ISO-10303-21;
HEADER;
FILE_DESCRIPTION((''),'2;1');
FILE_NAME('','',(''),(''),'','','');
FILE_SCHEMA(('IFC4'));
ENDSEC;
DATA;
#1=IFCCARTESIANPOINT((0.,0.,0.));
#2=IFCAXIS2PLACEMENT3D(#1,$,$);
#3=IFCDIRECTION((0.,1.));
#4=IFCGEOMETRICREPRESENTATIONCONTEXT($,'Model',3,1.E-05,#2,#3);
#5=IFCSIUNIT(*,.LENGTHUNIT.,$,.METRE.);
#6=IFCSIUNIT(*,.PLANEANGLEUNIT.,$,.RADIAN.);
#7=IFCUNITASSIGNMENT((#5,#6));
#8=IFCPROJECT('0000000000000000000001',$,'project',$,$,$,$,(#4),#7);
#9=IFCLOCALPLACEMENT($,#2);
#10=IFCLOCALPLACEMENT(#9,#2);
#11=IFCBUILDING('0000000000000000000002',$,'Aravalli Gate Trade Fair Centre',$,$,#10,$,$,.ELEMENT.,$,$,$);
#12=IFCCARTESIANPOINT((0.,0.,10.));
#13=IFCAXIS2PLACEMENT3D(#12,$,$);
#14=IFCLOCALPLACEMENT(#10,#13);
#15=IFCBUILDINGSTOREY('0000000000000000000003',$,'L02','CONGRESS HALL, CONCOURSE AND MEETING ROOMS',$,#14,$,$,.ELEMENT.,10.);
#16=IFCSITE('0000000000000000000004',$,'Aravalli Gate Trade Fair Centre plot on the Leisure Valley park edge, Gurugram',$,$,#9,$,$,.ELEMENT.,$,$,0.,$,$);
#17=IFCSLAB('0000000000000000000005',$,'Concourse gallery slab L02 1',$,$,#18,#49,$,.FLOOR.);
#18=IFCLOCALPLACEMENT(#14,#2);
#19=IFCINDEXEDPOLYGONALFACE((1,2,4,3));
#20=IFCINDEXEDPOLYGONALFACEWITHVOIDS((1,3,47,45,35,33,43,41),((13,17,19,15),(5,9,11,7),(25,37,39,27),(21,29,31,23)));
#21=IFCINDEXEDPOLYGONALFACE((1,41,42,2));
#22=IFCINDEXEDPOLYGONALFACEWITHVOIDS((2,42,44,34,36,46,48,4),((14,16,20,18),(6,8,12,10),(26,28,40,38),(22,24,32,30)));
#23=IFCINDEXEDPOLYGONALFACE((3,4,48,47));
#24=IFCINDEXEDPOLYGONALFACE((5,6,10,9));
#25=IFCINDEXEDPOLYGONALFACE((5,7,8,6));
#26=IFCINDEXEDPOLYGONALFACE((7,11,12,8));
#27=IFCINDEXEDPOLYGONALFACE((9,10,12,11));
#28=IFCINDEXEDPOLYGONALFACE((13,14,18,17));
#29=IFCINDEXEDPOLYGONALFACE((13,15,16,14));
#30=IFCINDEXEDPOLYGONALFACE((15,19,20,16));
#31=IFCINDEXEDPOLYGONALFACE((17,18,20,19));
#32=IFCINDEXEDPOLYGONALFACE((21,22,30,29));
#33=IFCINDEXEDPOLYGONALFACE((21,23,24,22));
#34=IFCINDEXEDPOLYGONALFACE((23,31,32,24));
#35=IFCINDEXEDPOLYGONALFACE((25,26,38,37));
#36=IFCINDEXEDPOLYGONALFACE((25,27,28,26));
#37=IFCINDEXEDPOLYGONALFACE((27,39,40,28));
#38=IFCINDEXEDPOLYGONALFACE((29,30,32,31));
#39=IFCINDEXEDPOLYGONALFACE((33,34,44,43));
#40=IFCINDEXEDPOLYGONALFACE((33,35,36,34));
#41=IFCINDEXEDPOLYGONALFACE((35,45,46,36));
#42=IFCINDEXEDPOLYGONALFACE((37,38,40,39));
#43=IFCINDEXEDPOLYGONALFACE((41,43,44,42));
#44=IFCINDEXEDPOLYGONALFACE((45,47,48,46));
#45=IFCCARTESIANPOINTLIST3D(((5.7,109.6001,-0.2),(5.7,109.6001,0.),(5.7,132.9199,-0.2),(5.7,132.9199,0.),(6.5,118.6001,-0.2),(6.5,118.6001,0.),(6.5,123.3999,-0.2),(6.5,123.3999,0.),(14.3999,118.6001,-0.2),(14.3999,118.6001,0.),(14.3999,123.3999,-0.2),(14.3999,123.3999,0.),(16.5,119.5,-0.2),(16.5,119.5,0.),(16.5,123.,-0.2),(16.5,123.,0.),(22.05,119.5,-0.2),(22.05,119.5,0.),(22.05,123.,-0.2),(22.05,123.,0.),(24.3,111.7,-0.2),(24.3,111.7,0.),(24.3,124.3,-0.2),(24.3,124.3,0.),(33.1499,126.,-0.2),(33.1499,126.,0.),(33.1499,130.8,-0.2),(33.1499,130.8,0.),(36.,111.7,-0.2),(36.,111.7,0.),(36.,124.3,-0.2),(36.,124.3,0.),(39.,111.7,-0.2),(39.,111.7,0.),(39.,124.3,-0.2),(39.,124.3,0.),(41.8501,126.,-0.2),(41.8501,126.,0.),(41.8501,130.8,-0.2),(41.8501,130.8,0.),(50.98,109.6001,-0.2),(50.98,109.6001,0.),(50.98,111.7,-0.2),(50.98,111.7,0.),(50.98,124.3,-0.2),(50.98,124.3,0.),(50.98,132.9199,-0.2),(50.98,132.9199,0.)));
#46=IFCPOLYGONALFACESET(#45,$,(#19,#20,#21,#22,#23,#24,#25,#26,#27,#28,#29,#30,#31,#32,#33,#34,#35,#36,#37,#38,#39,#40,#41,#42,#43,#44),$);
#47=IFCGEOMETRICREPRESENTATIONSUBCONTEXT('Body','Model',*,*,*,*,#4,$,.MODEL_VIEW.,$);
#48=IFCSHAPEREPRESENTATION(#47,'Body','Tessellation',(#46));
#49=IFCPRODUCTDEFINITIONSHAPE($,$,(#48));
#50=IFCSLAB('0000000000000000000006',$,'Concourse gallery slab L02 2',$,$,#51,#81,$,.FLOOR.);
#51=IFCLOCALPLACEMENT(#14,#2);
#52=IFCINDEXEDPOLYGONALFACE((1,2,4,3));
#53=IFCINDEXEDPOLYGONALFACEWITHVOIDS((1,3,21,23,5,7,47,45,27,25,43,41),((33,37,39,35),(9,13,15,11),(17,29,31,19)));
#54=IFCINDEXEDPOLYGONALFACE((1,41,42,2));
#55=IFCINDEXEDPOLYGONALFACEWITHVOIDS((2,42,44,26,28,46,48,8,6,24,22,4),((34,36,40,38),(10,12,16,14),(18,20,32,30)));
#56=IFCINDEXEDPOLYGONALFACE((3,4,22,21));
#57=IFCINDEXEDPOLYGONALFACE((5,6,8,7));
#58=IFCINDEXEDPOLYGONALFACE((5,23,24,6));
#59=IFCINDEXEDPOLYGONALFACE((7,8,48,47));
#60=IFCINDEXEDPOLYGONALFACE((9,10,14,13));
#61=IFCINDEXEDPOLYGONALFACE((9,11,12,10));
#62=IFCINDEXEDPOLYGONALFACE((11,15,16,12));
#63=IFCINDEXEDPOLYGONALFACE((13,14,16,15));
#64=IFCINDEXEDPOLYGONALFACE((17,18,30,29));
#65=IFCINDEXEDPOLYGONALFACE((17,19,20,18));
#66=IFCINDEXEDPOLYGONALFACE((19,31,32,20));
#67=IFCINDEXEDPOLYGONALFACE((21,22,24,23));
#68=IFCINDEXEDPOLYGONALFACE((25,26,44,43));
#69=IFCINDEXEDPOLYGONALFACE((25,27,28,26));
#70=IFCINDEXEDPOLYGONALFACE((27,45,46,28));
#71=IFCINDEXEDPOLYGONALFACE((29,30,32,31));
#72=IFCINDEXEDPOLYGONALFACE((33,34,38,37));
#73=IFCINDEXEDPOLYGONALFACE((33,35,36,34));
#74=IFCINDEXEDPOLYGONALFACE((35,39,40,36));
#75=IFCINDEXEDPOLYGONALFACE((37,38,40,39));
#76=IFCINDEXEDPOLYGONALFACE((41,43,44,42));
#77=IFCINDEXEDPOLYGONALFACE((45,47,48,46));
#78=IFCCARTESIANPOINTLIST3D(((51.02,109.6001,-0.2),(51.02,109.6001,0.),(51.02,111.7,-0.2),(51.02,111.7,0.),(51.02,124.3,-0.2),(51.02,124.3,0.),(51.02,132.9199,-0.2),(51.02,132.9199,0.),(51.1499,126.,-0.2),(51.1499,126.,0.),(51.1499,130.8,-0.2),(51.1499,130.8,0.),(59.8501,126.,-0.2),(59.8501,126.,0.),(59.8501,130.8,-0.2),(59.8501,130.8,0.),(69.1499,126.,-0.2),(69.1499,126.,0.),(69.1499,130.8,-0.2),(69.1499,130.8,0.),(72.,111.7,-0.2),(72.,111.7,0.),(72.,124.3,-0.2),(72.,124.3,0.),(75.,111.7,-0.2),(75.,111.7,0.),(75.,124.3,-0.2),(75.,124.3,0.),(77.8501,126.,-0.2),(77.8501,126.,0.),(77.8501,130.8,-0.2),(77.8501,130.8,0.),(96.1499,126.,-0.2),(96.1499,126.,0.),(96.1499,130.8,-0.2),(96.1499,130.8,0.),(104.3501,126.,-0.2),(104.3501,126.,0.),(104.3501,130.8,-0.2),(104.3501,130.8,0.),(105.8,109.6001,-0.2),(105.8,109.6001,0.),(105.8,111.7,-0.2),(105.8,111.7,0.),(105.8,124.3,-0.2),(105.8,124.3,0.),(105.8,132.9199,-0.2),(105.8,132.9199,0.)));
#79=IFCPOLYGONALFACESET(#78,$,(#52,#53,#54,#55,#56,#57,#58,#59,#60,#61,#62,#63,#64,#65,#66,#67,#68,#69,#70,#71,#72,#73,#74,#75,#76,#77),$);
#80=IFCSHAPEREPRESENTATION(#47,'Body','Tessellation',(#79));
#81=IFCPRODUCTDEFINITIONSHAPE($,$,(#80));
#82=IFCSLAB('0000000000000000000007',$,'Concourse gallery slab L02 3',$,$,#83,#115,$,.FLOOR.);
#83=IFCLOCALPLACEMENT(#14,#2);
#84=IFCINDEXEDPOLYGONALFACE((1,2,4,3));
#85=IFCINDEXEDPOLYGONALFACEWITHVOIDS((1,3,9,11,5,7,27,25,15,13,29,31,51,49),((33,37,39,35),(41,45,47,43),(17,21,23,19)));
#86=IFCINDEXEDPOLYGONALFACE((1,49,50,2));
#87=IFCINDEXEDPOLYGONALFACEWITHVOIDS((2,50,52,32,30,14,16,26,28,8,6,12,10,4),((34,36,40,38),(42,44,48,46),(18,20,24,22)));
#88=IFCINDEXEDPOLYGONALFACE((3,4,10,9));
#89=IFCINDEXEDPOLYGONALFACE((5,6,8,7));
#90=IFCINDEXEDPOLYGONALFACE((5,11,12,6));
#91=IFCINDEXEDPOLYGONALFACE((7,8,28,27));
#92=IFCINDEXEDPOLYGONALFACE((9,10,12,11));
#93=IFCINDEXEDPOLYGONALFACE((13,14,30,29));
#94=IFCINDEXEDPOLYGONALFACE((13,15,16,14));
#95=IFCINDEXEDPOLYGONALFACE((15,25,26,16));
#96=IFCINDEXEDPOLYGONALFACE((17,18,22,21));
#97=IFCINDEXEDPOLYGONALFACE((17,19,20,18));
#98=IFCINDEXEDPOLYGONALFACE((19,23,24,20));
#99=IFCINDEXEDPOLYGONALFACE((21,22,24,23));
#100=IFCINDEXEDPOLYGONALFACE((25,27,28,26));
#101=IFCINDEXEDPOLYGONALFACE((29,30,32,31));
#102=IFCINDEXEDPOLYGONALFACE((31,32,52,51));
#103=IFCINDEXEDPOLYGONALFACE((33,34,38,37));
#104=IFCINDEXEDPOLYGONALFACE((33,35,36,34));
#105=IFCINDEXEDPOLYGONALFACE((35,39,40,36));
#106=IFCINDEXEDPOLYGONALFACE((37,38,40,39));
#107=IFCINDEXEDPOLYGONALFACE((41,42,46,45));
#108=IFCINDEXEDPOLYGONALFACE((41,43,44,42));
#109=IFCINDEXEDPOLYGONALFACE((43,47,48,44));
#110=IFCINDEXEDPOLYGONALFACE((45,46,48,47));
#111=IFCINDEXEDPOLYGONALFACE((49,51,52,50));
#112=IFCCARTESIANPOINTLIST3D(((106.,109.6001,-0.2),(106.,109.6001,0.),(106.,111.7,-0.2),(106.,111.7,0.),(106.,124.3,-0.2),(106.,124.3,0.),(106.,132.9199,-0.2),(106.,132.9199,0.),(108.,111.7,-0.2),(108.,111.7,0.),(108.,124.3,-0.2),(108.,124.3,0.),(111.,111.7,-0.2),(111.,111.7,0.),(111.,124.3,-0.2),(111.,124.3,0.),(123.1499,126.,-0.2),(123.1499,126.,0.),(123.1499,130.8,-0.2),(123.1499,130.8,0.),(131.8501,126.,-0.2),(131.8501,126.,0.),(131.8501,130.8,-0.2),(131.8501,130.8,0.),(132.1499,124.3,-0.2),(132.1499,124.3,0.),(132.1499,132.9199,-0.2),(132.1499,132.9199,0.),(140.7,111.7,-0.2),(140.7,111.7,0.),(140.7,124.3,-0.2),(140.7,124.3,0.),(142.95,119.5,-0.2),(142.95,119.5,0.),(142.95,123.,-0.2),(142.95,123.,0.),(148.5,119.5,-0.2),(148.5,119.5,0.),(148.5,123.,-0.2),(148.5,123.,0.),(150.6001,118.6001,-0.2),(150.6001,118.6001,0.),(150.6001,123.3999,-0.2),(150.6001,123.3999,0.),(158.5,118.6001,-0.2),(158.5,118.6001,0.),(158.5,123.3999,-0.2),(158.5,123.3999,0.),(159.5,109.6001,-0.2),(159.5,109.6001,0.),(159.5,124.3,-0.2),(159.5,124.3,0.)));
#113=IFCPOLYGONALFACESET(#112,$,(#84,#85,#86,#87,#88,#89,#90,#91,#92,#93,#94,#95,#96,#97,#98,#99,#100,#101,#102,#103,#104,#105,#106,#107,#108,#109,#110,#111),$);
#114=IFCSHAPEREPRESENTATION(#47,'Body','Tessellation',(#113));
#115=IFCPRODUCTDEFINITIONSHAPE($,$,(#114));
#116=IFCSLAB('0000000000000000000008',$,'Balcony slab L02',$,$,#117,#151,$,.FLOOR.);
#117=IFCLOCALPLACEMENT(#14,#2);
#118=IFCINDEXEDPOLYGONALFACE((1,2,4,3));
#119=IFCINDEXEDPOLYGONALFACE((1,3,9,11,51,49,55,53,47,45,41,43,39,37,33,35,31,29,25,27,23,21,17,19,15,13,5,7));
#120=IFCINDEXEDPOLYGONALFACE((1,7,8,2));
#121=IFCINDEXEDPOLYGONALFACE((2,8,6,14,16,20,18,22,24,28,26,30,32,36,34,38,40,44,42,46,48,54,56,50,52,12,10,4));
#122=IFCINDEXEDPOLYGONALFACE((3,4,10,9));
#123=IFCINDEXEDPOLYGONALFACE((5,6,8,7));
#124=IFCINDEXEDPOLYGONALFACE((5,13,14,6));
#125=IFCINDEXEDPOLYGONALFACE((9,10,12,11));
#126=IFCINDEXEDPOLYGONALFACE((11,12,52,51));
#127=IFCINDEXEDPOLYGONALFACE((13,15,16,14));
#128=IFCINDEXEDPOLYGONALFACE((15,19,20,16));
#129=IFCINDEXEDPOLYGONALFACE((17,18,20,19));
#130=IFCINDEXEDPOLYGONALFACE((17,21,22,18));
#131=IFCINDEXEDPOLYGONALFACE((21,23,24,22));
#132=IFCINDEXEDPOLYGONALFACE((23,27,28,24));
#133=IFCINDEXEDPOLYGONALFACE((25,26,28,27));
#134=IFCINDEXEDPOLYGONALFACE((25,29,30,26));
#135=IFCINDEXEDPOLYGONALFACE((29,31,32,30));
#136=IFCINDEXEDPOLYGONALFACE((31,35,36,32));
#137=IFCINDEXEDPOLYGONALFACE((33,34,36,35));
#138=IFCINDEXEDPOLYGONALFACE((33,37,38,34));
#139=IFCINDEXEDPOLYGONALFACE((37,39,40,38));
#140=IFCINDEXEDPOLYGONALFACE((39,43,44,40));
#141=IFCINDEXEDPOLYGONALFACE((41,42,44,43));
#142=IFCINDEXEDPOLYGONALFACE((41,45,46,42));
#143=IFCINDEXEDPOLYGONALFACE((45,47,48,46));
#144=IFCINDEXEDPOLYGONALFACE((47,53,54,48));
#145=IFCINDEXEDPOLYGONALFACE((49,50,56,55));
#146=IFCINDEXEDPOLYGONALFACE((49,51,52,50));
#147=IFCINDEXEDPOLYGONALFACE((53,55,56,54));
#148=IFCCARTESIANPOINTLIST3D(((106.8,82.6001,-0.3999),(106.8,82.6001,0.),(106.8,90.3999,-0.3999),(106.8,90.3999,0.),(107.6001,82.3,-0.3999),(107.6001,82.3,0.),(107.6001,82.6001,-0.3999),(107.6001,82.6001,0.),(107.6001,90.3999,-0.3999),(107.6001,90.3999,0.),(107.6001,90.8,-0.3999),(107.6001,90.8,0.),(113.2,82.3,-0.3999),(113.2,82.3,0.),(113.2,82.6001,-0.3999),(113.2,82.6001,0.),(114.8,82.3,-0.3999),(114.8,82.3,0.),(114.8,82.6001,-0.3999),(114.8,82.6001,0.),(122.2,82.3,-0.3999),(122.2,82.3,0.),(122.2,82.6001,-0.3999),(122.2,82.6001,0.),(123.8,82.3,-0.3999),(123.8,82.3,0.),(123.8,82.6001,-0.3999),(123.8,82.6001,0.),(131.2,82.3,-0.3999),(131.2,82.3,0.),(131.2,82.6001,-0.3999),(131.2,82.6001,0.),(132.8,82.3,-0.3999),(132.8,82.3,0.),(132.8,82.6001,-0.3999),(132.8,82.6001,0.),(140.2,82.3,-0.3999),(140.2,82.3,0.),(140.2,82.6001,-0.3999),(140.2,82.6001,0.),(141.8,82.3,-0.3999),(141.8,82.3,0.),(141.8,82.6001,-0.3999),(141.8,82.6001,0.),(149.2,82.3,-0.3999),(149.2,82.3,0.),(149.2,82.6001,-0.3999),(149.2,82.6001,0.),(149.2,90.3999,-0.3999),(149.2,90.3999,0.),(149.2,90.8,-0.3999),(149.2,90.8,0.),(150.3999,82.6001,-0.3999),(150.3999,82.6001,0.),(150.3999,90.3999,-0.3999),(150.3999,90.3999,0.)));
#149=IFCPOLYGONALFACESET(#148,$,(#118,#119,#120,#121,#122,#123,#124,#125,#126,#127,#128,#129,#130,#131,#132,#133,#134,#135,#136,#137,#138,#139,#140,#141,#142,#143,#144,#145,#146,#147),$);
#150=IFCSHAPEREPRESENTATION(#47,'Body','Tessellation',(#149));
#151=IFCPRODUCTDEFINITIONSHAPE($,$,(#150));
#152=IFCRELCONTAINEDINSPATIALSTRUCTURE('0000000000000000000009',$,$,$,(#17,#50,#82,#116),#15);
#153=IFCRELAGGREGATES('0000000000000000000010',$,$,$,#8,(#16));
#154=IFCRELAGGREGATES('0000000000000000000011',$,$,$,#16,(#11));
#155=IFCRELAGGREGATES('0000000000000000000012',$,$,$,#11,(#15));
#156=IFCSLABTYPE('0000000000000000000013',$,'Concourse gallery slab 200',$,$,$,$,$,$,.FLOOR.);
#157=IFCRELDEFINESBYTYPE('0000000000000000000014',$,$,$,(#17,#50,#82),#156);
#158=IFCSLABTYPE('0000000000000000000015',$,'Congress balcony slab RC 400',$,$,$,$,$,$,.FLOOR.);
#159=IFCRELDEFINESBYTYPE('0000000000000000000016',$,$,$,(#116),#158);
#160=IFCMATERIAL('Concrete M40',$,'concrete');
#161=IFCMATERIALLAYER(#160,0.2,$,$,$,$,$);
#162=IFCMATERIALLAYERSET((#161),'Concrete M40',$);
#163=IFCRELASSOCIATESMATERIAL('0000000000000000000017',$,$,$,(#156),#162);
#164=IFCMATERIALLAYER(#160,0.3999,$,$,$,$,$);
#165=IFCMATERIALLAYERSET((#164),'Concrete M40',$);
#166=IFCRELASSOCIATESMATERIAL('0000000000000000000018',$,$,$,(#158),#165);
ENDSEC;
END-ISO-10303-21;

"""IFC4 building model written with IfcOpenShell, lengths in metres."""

from ifc_helpers import new_model, si_unit, direction, frame, origin, place, context, subcontext, project, spatial, polyline, outline, extrude, material, layer, layer_set, type_object, element, save


model = new_model("IFC4")

# Units and contexts
model_context = context("Model", 3, precision=1e-05, world=origin(), true_north=direction((0.0, 1.0)))
body_context = subcontext(model_context, "Body", "Model", "MODEL_VIEW")
ifc_project = project(units=[si_unit("LENGTHUNIT", "METRE"), si_unit("PLANEANGLEUNIT", "RADIAN")], contexts=[model_context])

# Site, building, storey
site_placement = place(None, origin())
site = spatial("IfcSite", under=ifc_project, at=site_placement, Name="Aravalli Gate Trade Fair Centre plot on the Leisure Valley park edge, Gurugram", CompositionType="ELEMENT", RefElevation=0.0)
building_placement = place(site_placement, origin())
building = spatial("IfcBuilding", under=site, at=building_placement, Name="Aravalli Gate Trade Fair Centre", CompositionType="ELEMENT")
storey_placement = place(building_placement, frame((0.0, 0.0, 10.0)))
storey = spatial("IfcBuildingStorey", under=building, at=storey_placement, Name="L02", Description="CONGRESS HALL, CONCOURSE AND MEETING ROOMS", CompositionType="ELEMENT", Elevation=10.0)

# Slabs
ifc_material_1 = material(Name="Concrete M40", Category="concrete")
ifc_layer_1 = layer(ifc_material_1, 0.2)
ifc_layer_set_1 = layer_set([ifc_layer_1], Name="Concrete M40")
slab_type_1 = type_object("IfcSlabType", Name="Concourse gallery slab 200", PredefinedType="FLOOR", material=ifc_layer_set_1)
slab_1_placement = place(storey_placement, frame((0.0, 0.0, -0.2)))
element("IfcSlab", 1, at=slab_1_placement, inside=storey, type_object=slab_type_1, Name="Concourse gallery slab L02 1", PredefinedType="FLOOR", context=body_context, shape_type="SweptSolid", body=[
    extrude(outline(polyline([(5.7, 132.9199), (5.7, 109.6001), (50.98, 109.6001), (50.98, 111.7), (39.0, 111.7), (39.0, 124.3), (50.98, 124.3), (50.98, 132.9199), (5.7, 132.9199)]), holes=[polyline([(36.0, 124.3), (36.0, 111.7), (24.3, 111.7), (24.3, 124.3), (36.0, 124.3)]), polyline([(6.5, 118.6001), (6.5, 123.3999), (14.3999, 123.3999), (14.3999, 118.6001), (6.5, 118.6001)]), polyline([(16.5, 119.5), (16.5, 123.0), (22.05, 123.0), (22.05, 119.5), (16.5, 119.5)]), polyline([(33.1499, 126.0), (33.1499, 130.8), (41.8501, 130.8), (41.8501, 126.0), (33.1499, 126.0)])]), origin(), (0.0, 0.0, 1.0), 0.2),
])
slab_2_placement = place(storey_placement, frame((0.0, 0.0, -0.2)))
element("IfcSlab", 2, at=slab_2_placement, inside=storey, type_object=slab_type_1, Name="Concourse gallery slab L02 2", PredefinedType="FLOOR", context=body_context, shape_type="SweptSolid", body=[
    extrude(outline(polyline([(105.8, 132.9199), (51.02, 132.9199), (51.02, 124.3), (72.0, 124.3), (72.0, 111.7), (51.02, 111.7), (51.02, 109.6001), (105.8, 109.6001), (105.8, 111.7), (75.0, 111.7), (75.0, 124.3), (105.8, 124.3), (105.8, 132.9199)]), holes=[polyline([(51.1499, 126.0), (51.1499, 130.8), (59.8501, 130.8), (59.8501, 126.0), (51.1499, 126.0)]), polyline([(69.1499, 126.0), (69.1499, 130.8), (77.8501, 130.8), (77.8501, 126.0), (69.1499, 126.0)]), polyline([(96.1499, 130.8), (104.3501, 130.8), (104.3501, 126.0), (96.1499, 126.0), (96.1499, 130.8)])]), origin(), (0.0, 0.0, 1.0), 0.2),
])
slab_3_placement = place(storey_placement, frame((0.0, 0.0, -0.2)))
element("IfcSlab", 3, at=slab_3_placement, inside=storey, type_object=slab_type_1, Name="Concourse gallery slab L02 3", PredefinedType="FLOOR", context=body_context, shape_type="SweptSolid", body=[
    extrude(outline(polyline([(132.1499, 132.9199), (106.0, 132.9199), (106.0, 124.3), (108.0, 124.3), (108.0, 111.7), (106.0, 111.7), (106.0, 109.6001), (159.5, 109.6001), (159.5, 124.3), (140.7, 124.3), (140.7, 111.7), (111.0, 111.7), (111.0, 124.3), (132.1499, 124.3), (132.1499, 132.9199)]), holes=[polyline([(150.6001, 118.6001), (150.6001, 123.3999), (158.5, 123.3999), (158.5, 118.6001), (150.6001, 118.6001)]), polyline([(142.95, 119.5), (142.95, 123.0), (148.5, 123.0), (148.5, 119.5), (142.95, 119.5)]), polyline([(123.1499, 130.8), (131.8501, 130.8), (131.8501, 126.0), (123.1499, 126.0), (123.1499, 130.8)])]), origin(), (0.0, 0.0, 1.0), 0.2),
])
ifc_layer_2 = layer(ifc_material_1, 0.3999)
ifc_layer_set_2 = layer_set([ifc_layer_2], Name="Concrete M40")
slab_type_2 = type_object("IfcSlabType", Name="Congress balcony slab RC 400", PredefinedType="FLOOR", material=ifc_layer_set_2)
slab_4_placement = place(storey_placement, frame((0.0, 0.0, -0.3999)))
element("IfcSlab", 4, at=slab_4_placement, inside=storey, type_object=slab_type_2, Name="Balcony slab L02", PredefinedType="FLOOR", context=body_context, shape_type="SweptSolid", body=[
    extrude(outline(polyline([(150.3999, 82.6001), (149.2, 82.6001), (149.2, 82.3), (141.8, 82.3), (141.8, 82.6001), (140.2, 82.6001), (140.2, 82.3), (132.8, 82.3), (132.8, 82.6001), (131.2, 82.6001), (131.2, 82.3), (123.8, 82.3), (123.8, 82.6001), (122.2, 82.6001), (122.2, 82.3), (114.8, 82.3), (114.8, 82.6001), (113.2, 82.6001), (113.2, 82.3), (107.6001, 82.3), (107.6001, 82.6001), (106.8, 82.6001), (106.8, 90.3999), (107.6001, 90.3999), (107.6001, 90.8), (149.2, 90.8), (149.2, 90.3999), (150.3999, 90.3999), (150.3999, 82.6001)])), origin(), (0.0, 0.0, 1.0), 0.3999),
])

save(model, "model.ifc")
